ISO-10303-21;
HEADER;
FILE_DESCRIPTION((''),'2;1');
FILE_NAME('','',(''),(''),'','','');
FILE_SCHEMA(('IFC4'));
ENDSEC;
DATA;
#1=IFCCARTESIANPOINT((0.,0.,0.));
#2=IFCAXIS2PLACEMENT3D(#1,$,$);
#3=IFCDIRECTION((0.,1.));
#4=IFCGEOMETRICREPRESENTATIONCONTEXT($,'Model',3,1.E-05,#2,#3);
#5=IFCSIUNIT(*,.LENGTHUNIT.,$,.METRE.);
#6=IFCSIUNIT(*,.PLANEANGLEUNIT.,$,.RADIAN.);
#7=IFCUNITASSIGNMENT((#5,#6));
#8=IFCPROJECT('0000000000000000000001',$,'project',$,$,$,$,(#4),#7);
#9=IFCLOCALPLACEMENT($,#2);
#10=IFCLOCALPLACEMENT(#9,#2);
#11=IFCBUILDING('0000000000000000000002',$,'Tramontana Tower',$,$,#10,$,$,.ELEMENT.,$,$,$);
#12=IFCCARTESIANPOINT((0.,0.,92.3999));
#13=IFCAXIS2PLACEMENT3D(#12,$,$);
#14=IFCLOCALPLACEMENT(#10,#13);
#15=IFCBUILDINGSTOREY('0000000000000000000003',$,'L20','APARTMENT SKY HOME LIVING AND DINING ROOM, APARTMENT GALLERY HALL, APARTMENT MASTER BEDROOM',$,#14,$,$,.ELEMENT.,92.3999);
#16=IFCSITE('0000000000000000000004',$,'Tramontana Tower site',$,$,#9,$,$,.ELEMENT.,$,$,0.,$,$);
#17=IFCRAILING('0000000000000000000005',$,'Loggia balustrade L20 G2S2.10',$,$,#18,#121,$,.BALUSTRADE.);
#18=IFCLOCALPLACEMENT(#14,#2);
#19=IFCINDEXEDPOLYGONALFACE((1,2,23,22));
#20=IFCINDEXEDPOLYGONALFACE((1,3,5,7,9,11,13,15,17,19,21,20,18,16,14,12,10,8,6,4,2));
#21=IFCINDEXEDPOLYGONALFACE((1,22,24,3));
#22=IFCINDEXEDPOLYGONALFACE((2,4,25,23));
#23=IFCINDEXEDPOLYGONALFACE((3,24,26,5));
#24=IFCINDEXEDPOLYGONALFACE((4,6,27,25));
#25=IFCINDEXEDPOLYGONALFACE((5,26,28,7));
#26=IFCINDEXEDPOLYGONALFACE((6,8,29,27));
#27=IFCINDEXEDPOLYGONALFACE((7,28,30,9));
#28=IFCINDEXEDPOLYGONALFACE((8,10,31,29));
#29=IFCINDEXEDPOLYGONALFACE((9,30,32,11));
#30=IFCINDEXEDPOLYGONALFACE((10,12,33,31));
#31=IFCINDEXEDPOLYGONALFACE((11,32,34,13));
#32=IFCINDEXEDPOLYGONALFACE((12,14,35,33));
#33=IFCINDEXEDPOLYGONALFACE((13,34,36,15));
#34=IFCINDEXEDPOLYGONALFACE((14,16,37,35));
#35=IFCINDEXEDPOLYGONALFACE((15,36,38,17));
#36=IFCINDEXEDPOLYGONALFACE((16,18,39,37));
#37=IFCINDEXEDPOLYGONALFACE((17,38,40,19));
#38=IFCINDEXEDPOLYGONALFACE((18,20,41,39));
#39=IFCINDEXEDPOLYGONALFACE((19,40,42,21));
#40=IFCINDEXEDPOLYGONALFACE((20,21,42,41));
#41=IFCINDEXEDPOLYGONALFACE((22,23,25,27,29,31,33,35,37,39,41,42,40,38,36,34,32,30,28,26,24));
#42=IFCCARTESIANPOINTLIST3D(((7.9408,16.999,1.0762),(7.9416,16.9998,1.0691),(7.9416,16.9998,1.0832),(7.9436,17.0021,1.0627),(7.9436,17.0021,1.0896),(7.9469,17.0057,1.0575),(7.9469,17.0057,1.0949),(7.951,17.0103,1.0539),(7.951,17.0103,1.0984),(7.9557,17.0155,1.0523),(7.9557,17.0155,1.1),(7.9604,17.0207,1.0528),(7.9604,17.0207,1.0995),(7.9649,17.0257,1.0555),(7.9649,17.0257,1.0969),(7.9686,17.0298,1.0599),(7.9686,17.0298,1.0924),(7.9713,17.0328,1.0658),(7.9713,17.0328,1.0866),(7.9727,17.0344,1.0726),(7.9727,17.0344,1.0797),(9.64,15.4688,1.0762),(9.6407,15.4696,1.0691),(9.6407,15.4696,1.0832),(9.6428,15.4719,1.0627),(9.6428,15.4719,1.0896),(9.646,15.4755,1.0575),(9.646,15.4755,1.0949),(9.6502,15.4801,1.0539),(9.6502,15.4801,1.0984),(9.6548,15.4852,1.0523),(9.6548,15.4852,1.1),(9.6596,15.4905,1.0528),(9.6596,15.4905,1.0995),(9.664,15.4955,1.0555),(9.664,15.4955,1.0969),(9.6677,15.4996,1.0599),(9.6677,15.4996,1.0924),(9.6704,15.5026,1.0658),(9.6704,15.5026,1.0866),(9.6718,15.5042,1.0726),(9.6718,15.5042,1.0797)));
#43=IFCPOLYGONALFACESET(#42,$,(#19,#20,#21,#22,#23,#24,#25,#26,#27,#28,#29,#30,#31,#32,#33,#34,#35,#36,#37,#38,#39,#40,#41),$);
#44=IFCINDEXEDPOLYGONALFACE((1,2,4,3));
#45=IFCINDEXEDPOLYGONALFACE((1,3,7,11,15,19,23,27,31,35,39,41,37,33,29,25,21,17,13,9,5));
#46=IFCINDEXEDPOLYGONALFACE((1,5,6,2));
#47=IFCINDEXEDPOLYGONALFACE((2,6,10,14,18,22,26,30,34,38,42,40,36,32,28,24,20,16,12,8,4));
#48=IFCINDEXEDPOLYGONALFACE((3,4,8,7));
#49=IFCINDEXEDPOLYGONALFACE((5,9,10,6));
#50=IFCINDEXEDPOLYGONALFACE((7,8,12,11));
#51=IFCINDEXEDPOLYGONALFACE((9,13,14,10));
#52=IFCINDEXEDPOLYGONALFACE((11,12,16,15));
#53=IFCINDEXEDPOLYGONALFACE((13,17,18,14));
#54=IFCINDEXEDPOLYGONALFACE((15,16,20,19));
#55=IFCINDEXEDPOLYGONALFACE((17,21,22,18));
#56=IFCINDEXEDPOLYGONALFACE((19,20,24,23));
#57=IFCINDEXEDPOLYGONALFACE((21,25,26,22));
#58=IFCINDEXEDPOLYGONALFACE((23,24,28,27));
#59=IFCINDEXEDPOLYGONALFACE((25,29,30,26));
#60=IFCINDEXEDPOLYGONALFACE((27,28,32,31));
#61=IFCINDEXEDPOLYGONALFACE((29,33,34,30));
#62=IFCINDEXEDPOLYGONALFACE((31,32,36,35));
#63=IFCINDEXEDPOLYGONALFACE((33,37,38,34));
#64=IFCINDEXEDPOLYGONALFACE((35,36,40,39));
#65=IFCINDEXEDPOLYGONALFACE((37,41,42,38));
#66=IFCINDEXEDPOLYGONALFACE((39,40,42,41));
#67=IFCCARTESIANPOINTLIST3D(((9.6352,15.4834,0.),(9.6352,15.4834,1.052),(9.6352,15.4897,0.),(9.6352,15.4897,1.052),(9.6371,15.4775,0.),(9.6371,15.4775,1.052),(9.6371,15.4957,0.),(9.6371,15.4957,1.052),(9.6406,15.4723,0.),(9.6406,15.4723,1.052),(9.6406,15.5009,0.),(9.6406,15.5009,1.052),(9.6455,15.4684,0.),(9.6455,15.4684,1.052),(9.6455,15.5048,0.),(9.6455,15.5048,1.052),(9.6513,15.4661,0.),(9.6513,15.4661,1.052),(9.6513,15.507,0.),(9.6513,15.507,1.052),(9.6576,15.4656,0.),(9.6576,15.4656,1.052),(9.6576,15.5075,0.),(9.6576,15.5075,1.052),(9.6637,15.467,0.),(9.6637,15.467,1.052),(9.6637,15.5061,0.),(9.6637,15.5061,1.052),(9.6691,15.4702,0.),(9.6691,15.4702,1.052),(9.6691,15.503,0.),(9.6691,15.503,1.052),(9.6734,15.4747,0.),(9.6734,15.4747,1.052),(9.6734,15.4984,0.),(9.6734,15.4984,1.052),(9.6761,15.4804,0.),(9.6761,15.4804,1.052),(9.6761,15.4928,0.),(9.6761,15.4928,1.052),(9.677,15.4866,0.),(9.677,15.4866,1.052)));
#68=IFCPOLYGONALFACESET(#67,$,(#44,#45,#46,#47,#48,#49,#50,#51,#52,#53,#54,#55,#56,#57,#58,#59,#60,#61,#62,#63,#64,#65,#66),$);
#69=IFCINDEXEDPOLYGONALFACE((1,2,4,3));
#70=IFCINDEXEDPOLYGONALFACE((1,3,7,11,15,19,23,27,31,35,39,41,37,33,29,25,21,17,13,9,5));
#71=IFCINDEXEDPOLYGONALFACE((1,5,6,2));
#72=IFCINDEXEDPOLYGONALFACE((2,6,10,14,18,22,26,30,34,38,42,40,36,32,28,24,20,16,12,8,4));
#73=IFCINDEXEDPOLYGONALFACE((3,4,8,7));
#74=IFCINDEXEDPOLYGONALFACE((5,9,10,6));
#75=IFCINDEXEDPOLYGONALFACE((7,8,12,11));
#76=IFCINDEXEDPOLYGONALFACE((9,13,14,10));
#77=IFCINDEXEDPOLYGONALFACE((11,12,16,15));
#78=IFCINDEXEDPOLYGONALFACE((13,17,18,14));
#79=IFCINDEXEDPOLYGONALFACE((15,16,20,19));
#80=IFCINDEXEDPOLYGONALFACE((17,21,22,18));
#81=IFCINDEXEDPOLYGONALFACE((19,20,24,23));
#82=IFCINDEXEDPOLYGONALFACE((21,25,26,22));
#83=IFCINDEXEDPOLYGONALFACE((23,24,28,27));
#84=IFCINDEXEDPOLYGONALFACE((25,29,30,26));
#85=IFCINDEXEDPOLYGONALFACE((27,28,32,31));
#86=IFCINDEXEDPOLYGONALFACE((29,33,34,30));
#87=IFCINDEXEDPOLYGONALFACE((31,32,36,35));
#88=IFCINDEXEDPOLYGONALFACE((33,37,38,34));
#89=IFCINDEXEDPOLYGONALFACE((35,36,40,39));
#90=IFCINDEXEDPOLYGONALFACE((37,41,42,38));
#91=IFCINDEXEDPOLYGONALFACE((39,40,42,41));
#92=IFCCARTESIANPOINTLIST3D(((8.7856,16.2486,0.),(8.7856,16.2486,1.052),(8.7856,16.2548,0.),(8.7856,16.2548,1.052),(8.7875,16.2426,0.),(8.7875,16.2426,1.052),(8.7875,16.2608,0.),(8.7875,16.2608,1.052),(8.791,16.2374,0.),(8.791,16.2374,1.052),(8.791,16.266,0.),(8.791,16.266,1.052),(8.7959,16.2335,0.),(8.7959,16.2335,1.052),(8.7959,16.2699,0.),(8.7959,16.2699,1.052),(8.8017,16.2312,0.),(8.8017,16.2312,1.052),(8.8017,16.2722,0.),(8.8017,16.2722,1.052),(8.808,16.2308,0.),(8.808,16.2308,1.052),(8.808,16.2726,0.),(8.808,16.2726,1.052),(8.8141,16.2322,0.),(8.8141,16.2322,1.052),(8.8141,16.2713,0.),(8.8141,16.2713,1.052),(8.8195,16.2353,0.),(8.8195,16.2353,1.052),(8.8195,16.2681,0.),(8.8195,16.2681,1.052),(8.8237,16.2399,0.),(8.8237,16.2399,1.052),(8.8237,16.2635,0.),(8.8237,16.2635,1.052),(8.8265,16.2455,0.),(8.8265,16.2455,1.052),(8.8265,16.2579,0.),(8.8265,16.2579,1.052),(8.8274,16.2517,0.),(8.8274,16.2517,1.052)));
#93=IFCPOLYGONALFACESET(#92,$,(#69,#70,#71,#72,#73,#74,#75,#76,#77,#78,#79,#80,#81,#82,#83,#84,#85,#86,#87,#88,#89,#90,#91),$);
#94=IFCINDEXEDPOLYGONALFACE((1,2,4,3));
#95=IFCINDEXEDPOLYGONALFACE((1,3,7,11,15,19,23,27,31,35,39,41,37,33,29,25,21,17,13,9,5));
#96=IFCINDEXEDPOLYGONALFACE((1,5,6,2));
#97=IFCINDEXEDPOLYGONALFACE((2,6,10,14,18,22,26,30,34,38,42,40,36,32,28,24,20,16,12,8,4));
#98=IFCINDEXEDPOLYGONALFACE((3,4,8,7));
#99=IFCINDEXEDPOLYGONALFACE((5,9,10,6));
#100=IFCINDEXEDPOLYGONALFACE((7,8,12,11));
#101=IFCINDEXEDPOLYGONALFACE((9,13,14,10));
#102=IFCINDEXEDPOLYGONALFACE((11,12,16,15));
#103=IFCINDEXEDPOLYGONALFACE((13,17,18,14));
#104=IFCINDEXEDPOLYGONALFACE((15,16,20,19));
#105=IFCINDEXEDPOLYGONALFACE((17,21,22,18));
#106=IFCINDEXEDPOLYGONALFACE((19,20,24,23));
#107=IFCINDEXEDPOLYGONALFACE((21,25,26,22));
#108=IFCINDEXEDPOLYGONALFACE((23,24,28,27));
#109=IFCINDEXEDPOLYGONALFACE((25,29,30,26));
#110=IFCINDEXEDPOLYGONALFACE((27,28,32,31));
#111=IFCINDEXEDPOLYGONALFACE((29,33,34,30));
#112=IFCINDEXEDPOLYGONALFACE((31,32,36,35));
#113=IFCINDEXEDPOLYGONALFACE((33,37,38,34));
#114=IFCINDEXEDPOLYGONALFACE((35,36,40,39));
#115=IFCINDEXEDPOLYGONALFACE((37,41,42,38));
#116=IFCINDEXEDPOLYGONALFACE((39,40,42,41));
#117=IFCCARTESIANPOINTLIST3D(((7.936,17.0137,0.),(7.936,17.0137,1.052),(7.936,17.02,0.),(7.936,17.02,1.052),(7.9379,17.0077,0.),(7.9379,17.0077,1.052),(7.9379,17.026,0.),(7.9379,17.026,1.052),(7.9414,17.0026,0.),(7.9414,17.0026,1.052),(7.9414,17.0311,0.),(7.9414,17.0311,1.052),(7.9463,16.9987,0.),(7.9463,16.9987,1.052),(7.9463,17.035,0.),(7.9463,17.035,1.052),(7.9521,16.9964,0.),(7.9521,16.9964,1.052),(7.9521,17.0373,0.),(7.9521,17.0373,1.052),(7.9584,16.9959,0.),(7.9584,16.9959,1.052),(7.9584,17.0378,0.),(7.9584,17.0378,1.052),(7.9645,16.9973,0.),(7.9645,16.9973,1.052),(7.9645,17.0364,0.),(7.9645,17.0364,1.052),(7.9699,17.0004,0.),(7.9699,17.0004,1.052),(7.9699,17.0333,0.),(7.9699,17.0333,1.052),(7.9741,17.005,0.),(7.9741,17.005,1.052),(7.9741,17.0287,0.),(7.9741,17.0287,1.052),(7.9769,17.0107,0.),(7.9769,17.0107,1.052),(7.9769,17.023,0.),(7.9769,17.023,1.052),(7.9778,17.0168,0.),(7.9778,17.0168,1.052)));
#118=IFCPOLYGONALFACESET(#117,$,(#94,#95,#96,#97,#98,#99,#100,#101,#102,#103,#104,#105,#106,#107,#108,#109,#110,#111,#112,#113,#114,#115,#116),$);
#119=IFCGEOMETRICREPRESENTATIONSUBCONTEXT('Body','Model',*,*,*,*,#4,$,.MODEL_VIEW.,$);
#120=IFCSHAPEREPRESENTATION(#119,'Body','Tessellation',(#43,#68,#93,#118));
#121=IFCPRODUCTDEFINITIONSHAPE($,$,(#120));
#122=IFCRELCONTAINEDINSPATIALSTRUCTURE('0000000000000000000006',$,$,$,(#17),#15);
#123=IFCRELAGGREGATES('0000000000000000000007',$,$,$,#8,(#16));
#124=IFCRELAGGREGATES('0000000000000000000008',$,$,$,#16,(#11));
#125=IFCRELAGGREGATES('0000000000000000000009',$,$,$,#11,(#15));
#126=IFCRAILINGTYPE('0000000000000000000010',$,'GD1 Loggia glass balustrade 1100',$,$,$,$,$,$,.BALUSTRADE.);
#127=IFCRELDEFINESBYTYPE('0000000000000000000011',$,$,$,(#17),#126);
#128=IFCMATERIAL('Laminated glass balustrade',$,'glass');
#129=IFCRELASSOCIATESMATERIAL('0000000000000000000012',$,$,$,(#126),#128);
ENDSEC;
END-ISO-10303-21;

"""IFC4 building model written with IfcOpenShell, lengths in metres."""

from ifc_helpers import new_model, si_unit, direction, frame, origin, origin_2d, place, context, subcontext, project, spatial, circle, extrude, material, type_object, element, save


model = new_model("IFC4")

# Units and contexts
model_context = context("Model", 3, precision=1e-05, world=origin(), true_north=direction((0.0, 1.0)))
body_context = subcontext(model_context, "Body", "Model", "MODEL_VIEW")
ifc_project = project(units=[si_unit("LENGTHUNIT", "METRE"), si_unit("PLANEANGLEUNIT", "RADIAN")], contexts=[model_context])

# Site, building, storey
site_placement = place(None, origin())
site = spatial("IfcSite", under=ifc_project, at=site_placement, Name="Tramontana Tower site", CompositionType="ELEMENT", RefElevation=0.0)
building_placement = place(site_placement, origin())
building = spatial("IfcBuilding", under=site, at=building_placement, Name="Tramontana Tower", CompositionType="ELEMENT")
storey_placement = place(building_placement, frame((0.0, 0.0, 92.3999)))
storey = spatial("IfcBuildingStorey", under=building, at=storey_placement, Name="L20", Description="APARTMENT SKY HOME LIVING AND DINING ROOM, APARTMENT GALLERY HALL, APARTMENT MASTER BEDROOM", CompositionType="ELEMENT", Elevation=92.3999)

# Railing
ifc_material_1 = material(Name="Laminated glass balustrade", Category="glass")
railing_type = type_object("IfcRailingType", Name="GD1 Loggia glass balustrade 1100", PredefinedType="BALUSTRADE", material=ifc_material_1)
railing_1_placement = place(storey_placement, frame((9.656, 15.4866, 0.0)))
element("IfcRailing", 1, at=railing_1_placement, inside=storey, type_object=railing_type, Name="Loggia balustrade L20 G2S2.10", PredefinedType="BALUSTRADE", context=body_context, shape_type="SweptSolid", body=[
    extrude(circle(Radius=0.0239, at=origin_2d()), frame((0.0, 0.0, 1.0762), z_axis=(-0.743082, 0.669201, 0.0), x_axis=(-0.669201, -0.743082, 0.0)), (0.0, 0.0, 1.0), 2.2866),
    extrude(circle(Radius=0.021, at=origin_2d()), origin(), (0.0, 0.0, 1.0), 1.052),
    extrude(circle(Radius=0.021, at=origin_2d()), frame((-0.8496, 0.7651, 0.0)), (0.0, 0.0, 1.0), 1.052),
    extrude(circle(Radius=0.021, at=origin_2d()), frame((-1.6992, 1.5303, 0.0)), (0.0, 0.0, 1.0), 1.052),
])

save(model, "model.ifc")
